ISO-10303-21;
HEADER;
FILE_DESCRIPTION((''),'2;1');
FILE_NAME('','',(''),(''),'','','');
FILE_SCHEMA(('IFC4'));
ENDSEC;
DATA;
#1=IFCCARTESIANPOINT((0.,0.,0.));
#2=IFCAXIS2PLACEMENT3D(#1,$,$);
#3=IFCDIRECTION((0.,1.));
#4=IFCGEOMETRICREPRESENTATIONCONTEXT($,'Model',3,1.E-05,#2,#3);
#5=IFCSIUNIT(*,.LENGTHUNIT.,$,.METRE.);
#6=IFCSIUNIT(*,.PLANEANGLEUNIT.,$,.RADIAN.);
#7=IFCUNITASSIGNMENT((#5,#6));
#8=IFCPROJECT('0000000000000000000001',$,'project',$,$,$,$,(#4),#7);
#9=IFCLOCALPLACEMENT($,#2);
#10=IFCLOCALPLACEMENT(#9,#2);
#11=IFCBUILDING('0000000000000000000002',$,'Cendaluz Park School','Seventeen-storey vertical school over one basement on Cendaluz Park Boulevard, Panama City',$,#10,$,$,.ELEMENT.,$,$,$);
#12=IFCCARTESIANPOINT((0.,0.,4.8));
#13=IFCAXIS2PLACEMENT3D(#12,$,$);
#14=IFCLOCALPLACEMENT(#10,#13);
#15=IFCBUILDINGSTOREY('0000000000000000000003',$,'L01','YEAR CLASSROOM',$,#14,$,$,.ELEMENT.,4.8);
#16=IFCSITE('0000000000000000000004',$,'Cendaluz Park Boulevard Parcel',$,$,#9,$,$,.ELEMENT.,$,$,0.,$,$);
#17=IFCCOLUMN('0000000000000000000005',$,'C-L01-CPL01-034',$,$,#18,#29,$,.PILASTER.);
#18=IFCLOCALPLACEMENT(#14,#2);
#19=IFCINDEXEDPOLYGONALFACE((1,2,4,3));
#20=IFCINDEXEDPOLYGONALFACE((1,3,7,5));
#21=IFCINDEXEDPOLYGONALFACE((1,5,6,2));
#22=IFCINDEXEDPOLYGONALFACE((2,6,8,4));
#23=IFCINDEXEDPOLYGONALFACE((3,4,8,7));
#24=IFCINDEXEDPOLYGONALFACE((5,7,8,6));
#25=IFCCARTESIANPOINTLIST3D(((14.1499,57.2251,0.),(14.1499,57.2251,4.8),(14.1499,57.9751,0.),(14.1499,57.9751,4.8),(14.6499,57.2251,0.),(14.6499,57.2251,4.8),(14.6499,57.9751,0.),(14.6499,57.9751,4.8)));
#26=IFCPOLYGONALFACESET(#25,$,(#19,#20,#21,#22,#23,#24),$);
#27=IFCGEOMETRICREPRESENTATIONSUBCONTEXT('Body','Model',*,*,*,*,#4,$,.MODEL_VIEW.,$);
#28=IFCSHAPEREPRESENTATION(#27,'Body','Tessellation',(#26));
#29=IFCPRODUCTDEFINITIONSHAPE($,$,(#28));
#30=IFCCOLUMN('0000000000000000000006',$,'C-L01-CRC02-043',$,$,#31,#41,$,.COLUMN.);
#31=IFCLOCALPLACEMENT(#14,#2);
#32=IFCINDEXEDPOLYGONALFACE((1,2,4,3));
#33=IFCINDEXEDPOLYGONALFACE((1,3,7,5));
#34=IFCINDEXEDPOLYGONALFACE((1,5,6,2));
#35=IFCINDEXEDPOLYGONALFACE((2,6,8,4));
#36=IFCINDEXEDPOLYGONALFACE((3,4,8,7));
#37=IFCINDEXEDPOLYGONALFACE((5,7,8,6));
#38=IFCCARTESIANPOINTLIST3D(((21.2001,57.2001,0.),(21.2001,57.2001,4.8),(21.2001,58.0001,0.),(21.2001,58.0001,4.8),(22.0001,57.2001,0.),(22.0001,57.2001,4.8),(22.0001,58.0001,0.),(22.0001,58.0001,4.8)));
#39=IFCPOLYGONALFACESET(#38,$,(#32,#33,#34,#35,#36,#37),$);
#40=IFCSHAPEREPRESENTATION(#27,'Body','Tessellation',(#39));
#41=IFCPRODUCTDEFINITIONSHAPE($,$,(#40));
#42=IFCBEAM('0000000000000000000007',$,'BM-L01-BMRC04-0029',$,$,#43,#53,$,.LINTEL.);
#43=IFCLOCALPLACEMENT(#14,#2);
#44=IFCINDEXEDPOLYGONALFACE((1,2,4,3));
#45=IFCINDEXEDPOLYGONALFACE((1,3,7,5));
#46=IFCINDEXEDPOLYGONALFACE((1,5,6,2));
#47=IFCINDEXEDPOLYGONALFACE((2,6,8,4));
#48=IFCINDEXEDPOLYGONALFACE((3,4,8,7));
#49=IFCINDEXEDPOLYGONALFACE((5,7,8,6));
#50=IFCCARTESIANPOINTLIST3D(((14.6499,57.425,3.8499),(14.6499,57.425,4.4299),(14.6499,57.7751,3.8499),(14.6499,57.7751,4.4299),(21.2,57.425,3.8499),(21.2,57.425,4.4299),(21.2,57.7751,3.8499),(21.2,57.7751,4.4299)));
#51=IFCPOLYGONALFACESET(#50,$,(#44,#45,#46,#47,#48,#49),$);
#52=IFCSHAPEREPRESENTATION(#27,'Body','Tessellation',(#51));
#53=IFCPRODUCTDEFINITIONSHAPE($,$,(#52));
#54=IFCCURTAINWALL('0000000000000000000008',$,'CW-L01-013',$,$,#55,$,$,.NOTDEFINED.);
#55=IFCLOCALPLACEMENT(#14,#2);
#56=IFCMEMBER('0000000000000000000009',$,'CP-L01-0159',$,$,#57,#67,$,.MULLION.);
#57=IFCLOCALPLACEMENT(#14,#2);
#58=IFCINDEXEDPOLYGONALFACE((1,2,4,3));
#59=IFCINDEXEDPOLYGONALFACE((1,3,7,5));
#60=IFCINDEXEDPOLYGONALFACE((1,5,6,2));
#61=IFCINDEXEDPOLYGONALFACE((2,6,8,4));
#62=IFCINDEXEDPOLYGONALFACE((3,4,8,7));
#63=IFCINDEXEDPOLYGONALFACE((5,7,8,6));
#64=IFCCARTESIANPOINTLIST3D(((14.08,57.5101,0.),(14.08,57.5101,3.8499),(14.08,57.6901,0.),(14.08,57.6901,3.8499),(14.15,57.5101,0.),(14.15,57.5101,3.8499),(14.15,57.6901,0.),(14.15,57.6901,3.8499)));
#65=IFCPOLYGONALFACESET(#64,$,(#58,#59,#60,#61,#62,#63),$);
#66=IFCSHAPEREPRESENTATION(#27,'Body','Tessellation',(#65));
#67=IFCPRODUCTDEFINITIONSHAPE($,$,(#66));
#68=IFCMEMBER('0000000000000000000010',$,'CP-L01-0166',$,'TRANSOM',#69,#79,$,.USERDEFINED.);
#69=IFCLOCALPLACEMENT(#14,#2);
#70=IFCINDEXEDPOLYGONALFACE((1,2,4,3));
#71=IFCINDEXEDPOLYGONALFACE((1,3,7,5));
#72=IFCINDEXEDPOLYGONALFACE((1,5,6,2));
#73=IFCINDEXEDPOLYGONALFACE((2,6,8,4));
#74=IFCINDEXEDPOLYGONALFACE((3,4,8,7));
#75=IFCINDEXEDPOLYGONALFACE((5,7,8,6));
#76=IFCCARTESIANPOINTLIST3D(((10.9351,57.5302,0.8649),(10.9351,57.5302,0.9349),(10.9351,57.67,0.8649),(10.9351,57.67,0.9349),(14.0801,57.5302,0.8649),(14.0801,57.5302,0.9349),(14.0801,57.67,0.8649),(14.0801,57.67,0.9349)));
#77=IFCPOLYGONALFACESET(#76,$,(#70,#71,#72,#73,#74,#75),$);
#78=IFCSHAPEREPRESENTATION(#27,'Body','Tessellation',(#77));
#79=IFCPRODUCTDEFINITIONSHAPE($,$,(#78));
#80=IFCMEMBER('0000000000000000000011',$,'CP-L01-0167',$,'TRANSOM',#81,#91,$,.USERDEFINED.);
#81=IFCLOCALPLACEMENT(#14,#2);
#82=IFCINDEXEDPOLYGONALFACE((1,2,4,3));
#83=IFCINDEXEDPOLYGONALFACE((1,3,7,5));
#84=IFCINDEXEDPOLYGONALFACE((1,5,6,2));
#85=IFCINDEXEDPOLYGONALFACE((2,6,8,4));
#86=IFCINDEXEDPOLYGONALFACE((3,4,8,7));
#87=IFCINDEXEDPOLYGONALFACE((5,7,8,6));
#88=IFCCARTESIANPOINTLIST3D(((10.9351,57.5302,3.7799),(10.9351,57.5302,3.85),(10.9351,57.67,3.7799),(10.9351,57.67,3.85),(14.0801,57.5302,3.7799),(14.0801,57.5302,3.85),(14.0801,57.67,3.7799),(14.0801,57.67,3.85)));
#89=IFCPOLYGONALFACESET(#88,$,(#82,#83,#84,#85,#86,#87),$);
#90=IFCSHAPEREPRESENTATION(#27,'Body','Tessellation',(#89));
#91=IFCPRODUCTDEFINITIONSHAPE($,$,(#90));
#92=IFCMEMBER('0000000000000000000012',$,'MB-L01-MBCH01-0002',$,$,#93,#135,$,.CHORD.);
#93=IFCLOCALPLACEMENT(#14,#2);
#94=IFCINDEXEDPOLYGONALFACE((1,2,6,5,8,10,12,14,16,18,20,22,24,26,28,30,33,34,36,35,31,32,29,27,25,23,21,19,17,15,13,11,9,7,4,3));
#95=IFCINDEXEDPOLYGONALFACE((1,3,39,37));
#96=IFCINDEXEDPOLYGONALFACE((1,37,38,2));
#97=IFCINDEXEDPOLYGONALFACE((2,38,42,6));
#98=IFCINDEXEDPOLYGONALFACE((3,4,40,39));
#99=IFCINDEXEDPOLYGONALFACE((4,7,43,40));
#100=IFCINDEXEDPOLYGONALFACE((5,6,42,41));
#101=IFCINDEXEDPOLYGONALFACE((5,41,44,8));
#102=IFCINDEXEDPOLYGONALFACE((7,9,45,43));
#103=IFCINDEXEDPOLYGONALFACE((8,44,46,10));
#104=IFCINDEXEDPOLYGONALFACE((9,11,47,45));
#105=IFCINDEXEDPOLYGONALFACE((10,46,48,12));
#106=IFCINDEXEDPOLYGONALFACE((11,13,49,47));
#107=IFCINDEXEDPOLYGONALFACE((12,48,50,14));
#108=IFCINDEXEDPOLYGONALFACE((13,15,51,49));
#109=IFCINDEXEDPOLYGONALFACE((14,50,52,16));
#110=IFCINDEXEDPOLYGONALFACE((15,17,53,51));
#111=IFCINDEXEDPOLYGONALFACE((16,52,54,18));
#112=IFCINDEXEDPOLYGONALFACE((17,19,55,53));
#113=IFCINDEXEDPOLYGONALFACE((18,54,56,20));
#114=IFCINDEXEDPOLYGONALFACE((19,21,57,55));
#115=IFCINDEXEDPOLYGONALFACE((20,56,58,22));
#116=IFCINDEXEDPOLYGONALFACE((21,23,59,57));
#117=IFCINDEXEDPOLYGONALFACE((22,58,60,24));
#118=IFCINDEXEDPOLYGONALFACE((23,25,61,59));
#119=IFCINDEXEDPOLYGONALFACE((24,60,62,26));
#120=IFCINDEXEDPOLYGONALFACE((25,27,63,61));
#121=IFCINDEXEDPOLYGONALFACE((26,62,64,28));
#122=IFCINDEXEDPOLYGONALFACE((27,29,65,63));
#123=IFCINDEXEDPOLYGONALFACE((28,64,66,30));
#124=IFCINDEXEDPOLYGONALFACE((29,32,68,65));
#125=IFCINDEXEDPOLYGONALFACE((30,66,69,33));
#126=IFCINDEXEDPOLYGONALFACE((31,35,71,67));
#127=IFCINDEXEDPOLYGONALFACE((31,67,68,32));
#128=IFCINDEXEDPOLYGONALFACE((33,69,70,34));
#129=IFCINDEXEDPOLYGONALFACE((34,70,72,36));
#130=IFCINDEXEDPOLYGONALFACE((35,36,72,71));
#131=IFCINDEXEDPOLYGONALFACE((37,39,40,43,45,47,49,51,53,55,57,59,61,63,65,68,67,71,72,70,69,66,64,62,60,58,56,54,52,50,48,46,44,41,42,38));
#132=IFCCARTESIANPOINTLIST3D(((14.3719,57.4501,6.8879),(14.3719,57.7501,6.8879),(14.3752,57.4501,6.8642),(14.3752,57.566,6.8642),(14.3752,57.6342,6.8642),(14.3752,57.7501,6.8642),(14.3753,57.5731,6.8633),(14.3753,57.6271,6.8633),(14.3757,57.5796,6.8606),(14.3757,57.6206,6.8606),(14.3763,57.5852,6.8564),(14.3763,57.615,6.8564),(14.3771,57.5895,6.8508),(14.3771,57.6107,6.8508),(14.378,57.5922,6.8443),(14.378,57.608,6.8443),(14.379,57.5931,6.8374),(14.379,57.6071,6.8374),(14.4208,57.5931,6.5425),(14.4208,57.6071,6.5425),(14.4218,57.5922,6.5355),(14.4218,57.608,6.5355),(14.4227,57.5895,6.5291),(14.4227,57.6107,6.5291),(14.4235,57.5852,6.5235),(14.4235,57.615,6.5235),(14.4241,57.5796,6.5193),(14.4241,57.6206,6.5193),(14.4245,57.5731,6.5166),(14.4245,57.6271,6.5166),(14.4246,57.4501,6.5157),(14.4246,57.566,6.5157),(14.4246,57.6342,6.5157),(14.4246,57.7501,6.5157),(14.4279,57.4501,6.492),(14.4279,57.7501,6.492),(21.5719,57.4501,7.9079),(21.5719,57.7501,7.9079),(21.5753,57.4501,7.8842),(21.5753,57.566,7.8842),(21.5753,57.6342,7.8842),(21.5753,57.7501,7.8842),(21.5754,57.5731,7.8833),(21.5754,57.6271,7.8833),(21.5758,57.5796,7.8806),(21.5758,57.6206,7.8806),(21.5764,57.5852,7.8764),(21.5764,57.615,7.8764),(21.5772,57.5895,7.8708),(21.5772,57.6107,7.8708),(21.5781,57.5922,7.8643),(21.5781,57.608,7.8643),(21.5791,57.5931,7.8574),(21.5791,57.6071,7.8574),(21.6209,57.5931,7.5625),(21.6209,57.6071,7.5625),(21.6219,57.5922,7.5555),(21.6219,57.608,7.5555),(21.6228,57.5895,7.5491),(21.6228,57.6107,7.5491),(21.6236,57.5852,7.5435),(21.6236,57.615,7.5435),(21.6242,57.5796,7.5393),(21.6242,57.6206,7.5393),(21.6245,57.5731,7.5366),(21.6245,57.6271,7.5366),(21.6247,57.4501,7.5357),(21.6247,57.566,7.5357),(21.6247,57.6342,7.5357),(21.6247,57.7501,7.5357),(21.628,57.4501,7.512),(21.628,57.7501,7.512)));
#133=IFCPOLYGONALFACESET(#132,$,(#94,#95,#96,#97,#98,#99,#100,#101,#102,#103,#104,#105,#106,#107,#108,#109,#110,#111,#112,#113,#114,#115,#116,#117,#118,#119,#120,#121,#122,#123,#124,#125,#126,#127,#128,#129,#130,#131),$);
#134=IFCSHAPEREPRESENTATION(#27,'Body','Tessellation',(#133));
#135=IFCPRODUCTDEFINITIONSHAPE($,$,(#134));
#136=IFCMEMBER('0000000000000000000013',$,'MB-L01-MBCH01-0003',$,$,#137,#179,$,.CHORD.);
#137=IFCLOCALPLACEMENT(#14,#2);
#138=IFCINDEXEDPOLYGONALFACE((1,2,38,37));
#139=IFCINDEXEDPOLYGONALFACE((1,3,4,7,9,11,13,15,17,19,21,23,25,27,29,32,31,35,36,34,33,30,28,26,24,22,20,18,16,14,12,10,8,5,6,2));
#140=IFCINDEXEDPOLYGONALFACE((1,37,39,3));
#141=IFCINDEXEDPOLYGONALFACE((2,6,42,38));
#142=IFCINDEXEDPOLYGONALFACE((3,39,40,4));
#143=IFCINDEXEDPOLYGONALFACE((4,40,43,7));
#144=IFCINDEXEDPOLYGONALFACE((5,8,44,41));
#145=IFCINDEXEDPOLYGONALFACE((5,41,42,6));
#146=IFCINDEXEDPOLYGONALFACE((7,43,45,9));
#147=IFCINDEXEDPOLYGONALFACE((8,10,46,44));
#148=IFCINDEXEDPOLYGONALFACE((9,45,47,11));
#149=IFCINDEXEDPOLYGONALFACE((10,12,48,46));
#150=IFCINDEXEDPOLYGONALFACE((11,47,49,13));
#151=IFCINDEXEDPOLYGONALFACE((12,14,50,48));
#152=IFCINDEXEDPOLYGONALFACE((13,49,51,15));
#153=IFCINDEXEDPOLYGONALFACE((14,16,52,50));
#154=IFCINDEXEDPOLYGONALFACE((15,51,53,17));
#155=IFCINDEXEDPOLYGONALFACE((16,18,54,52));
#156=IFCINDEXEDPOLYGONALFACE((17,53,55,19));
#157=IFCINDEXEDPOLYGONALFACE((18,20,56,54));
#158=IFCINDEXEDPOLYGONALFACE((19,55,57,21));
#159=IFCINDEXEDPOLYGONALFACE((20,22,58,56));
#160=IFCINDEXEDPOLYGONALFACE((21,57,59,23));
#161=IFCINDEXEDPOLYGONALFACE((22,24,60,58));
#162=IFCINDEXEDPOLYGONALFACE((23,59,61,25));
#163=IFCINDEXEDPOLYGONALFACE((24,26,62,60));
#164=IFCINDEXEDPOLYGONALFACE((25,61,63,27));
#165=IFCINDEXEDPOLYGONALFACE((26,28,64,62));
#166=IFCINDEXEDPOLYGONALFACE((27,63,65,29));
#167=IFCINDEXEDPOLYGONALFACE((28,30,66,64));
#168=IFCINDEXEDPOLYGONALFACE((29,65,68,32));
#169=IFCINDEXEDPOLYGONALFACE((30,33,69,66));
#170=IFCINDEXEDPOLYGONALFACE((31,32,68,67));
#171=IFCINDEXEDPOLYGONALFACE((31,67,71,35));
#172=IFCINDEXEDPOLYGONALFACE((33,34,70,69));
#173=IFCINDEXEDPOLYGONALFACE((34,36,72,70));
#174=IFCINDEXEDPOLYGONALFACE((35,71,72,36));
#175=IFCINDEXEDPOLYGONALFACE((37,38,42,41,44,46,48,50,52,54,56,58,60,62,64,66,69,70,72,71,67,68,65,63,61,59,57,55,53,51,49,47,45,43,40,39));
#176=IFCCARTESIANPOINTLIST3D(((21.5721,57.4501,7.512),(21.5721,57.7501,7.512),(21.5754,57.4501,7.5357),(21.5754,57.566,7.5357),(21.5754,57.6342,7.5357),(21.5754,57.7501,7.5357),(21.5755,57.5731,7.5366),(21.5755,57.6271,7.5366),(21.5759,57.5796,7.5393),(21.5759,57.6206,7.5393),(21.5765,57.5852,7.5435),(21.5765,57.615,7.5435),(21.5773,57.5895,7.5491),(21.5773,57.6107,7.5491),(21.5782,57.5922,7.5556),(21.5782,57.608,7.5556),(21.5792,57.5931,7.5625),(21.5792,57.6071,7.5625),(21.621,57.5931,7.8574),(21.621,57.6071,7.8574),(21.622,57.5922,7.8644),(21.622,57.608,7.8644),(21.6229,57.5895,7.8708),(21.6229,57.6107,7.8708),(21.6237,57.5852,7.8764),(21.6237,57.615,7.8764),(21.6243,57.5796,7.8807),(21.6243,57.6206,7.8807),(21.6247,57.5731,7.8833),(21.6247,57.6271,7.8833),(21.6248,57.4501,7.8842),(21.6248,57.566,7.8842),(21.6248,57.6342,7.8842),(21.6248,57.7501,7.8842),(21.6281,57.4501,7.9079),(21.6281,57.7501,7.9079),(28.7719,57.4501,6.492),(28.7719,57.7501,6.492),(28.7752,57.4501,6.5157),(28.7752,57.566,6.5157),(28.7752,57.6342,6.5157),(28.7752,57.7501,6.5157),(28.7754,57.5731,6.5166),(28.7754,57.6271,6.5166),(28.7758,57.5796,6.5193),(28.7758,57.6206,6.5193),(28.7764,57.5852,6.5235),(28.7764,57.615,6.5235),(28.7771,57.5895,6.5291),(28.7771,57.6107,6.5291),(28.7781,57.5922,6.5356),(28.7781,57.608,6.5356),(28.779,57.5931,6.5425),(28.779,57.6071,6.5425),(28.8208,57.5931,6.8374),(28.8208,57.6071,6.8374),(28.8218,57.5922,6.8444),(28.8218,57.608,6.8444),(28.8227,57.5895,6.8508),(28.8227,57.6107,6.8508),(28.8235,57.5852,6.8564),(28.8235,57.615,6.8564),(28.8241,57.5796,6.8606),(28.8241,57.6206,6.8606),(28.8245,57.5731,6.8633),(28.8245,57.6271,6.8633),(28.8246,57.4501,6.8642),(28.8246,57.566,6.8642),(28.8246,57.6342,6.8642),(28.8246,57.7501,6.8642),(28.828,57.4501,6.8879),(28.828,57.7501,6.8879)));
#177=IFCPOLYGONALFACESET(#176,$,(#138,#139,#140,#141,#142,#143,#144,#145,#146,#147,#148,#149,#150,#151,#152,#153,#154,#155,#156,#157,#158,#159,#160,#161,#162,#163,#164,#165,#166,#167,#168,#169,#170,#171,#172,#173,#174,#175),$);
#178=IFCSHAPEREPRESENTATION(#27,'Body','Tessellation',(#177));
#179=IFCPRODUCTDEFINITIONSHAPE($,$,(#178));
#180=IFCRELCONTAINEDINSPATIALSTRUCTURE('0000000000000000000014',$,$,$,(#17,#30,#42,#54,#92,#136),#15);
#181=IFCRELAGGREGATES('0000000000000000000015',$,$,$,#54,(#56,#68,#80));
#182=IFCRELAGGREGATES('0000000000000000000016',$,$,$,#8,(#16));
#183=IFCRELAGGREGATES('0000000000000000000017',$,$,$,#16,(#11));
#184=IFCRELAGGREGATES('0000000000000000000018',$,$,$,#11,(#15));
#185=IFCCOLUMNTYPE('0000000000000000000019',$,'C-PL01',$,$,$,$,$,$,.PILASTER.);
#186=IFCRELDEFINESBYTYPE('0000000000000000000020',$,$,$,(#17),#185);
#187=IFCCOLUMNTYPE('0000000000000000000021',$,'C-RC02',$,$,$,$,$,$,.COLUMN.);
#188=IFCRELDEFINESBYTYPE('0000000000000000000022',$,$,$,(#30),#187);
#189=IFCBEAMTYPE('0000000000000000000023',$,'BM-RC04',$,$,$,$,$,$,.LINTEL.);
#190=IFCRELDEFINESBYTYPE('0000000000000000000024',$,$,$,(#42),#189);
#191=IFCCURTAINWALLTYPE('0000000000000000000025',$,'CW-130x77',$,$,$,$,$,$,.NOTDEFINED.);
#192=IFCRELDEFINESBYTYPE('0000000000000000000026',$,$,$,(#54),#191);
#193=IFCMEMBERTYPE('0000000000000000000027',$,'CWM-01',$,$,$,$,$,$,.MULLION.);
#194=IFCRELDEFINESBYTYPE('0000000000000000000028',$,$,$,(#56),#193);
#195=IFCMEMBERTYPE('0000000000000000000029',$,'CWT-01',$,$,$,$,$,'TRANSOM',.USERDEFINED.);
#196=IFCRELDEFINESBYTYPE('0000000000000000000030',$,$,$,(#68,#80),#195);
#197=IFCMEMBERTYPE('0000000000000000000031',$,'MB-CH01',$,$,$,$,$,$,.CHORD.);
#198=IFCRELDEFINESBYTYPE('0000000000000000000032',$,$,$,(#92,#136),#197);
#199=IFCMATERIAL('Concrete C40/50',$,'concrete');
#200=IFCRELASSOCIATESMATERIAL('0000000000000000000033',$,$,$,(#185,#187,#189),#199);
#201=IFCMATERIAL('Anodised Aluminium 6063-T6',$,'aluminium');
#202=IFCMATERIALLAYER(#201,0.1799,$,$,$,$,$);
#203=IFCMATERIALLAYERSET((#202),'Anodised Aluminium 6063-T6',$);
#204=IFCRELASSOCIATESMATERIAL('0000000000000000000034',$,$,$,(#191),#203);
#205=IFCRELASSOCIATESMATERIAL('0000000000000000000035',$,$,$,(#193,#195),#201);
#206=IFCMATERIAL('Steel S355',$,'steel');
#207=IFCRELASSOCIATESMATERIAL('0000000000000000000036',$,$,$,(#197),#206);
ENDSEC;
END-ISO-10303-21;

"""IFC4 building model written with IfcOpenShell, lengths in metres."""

from ifc_helpers import new_model, si_unit, direction, frame, origin, origin_2d, place, context, subcontext, project, spatial, rectangle, i_section, extrude, material, layer, layer_set, material_profile, profile_set, type_object, element, aggregate, save


model = new_model("IFC4")

# Units and contexts
model_context = context("Model", 3, precision=1e-05, world=origin(), true_north=direction((0.0, 1.0)))
body_context = subcontext(model_context, "Body", "Model", "MODEL_VIEW")
ifc_project = project(units=[si_unit("LENGTHUNIT", "METRE"), si_unit("PLANEANGLEUNIT", "RADIAN")], contexts=[model_context])

# Site, building, storey
site_placement = place(None, origin())
site = spatial("IfcSite", under=ifc_project, at=site_placement, Name="Cendaluz Park Boulevard Parcel", CompositionType="ELEMENT", RefElevation=0.0)
building_placement = place(site_placement, origin())
building = spatial("IfcBuilding", under=site, at=building_placement, Name="Cendaluz Park School", Description="Seventeen-storey vertical school over one basement on Cendaluz Park Boulevard, Panama City", CompositionType="ELEMENT")
storey_placement = place(building_placement, frame((0.0, 0.0, 4.8)))
storey = spatial("IfcBuildingStorey", under=building, at=storey_placement, Name="L01", Description="YEAR CLASSROOM", CompositionType="ELEMENT", Elevation=4.8)

# Columns
ifc_material_1 = material(Name="Concrete C40/50", Category="concrete")
ifc_material_profile_1 = material_profile(ifc_material_1, rectangle(XDim=0.5, YDim=0.75, at=origin_2d()), Name="RC 500x750", Category="concrete")
ifc_profile_set_1 = profile_set([ifc_material_profile_1], Name="Concrete C40/50")
column_type_1 = type_object("IfcColumnType", Name="C-PL01", PredefinedType="PILASTER", material=ifc_profile_set_1)
column_1_placement = place(storey_placement, frame((14.3999, 57.6001, 0.0), z_axis=(0.0, 0.0, 1.0), x_axis=(1.0, 0.0, 0.0)))
element("IfcColumn", 1, at=column_1_placement, inside=storey, type_object=column_type_1, Name="C-L01-CPL01-034", PredefinedType="PILASTER", context=body_context, shape_type="SweptSolid", body=[
    extrude(rectangle(XDim=0.5, YDim=0.75, at=origin_2d()), origin(), (0.0, 0.0, 1.0), 4.8),
])
ifc_material_profile_2 = material_profile(ifc_material_1, rectangle(XDim=0.8, YDim=0.8, at=origin_2d()), Name="RC 800x800", Category="concrete")
ifc_profile_set_2 = profile_set([ifc_material_profile_2], Name="Concrete C40/50")
column_type_2 = type_object("IfcColumnType", Name="C-RC02", PredefinedType="COLUMN", material=ifc_profile_set_2)
column_2_placement = place(storey_placement, frame((21.6001, 57.6001, 0.0), z_axis=(0.0, 0.0, 1.0), x_axis=(1.0, 0.0, 0.0)))
element("IfcColumn", 2, at=column_2_placement, inside=storey, type_object=column_type_2, Name="C-L01-CRC02-043", PredefinedType="COLUMN", context=body_context, shape_type="SweptSolid", body=[
    extrude(rectangle(XDim=0.8, YDim=0.8, at=origin_2d()), origin(), (0.0, 0.0, 1.0), 4.8),
])

# Beam
ifc_material_profile_3 = material_profile(ifc_material_1, rectangle(XDim=0.3501, YDim=0.5801, at=origin_2d()), Name="RC 350x580", Category="concrete")
ifc_profile_set_3 = profile_set([ifc_material_profile_3], Name="Concrete C40/50")
beam_type = type_object("IfcBeamType", Name="BM-RC04", PredefinedType="LINTEL", material=ifc_profile_set_3)
beam_placement = place(storey_placement, frame((14.6499, 57.6001, 4.1399), z_axis=(1.0, 0.0, 0.0), x_axis=(0.0, 1.0, 0.0)))
element("IfcBeam", 3, at=beam_placement, inside=storey, type_object=beam_type, Name="BM-L01-BMRC04-0029", PredefinedType="LINTEL", context=body_context, shape_type="SweptSolid", body=[
    extrude(rectangle(XDim=0.3501, YDim=0.5801, at=origin_2d()), origin(), (0.0, 0.0, 1.0), 6.55),
])

# Curtain wall, members
ifc_material_2 = material(Name="Anodised Aluminium 6063-T6", Category="aluminium")
ifc_layer_1 = layer(ifc_material_2, 0.1799)
ifc_layer_set_1 = layer_set([ifc_layer_1], Name="Anodised Aluminium 6063-T6")
curtain_wall_type = type_object("IfcCurtainWallType", Name="CW-130x77", PredefinedType="NOTDEFINED", material=ifc_layer_set_1)
curtain_wall_placement = place(storey_placement, origin())
curtain_wall = element("IfcCurtainWall", 4, at=curtain_wall_placement, inside=storey, type_object=curtain_wall_type, Name="CW-L01-013", PredefinedType="NOTDEFINED")
ifc_material_profile_4 = material_profile(ifc_material_2, rectangle(XDim=0.1799, YDim=0.0701, at=origin_2d()), Name="CWM 180x70", Category="aluminium")
ifc_profile_set_4 = profile_set([ifc_material_profile_4], Name="Anodised Aluminium 6063-T6")
member_type_1 = type_object("IfcMemberType", Name="CWM-01", PredefinedType="MULLION", material=ifc_profile_set_4)
member_1_placement = place(storey_placement, frame((14.115, 57.6001, 0.0), z_axis=(0.0, 0.0, 1.0), x_axis=(0.0, 1.0, 0.0)))
member_1 = element("IfcMember", 5, at=member_1_placement, type_object=member_type_1, Name="CP-L01-0159", PredefinedType="MULLION", context=body_context, shape_type="SweptSolid", body=[
    extrude(rectangle(XDim=0.1799, YDim=0.0701, at=origin_2d()), origin(), (0.0, 0.0, 1.0), 3.8499),
])
ifc_material_profile_5 = material_profile(ifc_material_2, rectangle(XDim=0.1399, YDim=0.0701, at=origin_2d()), Name="CWT 140x70", Category="aluminium")
ifc_profile_set_5 = profile_set([ifc_material_profile_5], Name="Anodised Aluminium 6063-T6")
member_type_2 = type_object("IfcMemberType", Name="CWT-01", ElementType="TRANSOM", PredefinedType="USERDEFINED", material=ifc_profile_set_5)
member_2_placement = place(storey_placement, frame((10.9351, 57.6001, 0.8999), z_axis=(1.0, 0.0, 0.0), x_axis=(0.0, 1.0, 0.0)))
member_2 = element("IfcMember", 6, at=member_2_placement, type_object=member_type_2, Name="CP-L01-0166", ObjectType="TRANSOM", PredefinedType="USERDEFINED", context=body_context, shape_type="SweptSolid", body=[
    extrude(rectangle(XDim=0.1399, YDim=0.0701, at=origin_2d()), origin(), (0.0, 0.0, 1.0), 3.145),
])
member_3_placement = place(storey_placement, frame((10.9351, 57.6001, 3.8149), z_axis=(1.0, 0.0, 0.0), x_axis=(0.0, 1.0, 0.0)))
member_3 = element("IfcMember", 7, at=member_3_placement, type_object=member_type_2, Name="CP-L01-0167", ObjectType="TRANSOM", PredefinedType="USERDEFINED", context=body_context, shape_type="SweptSolid", body=[
    extrude(rectangle(XDim=0.1399, YDim=0.0701, at=origin_2d()), origin(), (0.0, 0.0, 1.0), 3.145),
])

# Members
ifc_material_3 = material(Name="Steel S355", Category="steel")
ifc_material_profile_6 = material_profile(ifc_material_3, i_section(OverallWidth=0.3, OverallDepth=0.3999, WebThickness=0.0139, FlangeThickness=0.0239, FilletRadius=0.0271, at=origin_2d()), Name="HEB 400", Category="steel")
ifc_profile_set_6 = profile_set([ifc_material_profile_6], Name="Steel S355")
member_type_3 = type_object("IfcMemberType", Name="MB-CH01", PredefinedType="CHORD", material=ifc_profile_set_6)
member_4_placement = place(storey_placement, frame((14.3999, 57.6001, 6.6899), z_axis=(0.990114, 0.0, 0.140265), x_axis=(0.0, 1.0, 0.0)))
element("IfcMember", 8, at=member_4_placement, inside=storey, type_object=member_type_3, Name="MB-L01-MBCH01-0002", PredefinedType="CHORD", context=body_context, shape_type="SweptSolid", body=[
    extrude(i_section(OverallWidth=0.3, OverallDepth=0.3999, WebThickness=0.0139, FlangeThickness=0.0239, FilletRadius=0.0271, at=origin_2d()), origin(), (0.0, 0.0, 1.0), 7.272),
])
member_5_placement = place(storey_placement, frame((21.6001, 57.6001, 7.71), z_axis=(0.990113, 0.0, -0.14027), x_axis=(0.0, 1.0, 0.0)))
element("IfcMember", 9, at=member_5_placement, inside=storey, type_object=member_type_3, Name="MB-L01-MBCH01-0003", PredefinedType="CHORD", context=body_context, shape_type="SweptSolid", body=[
    extrude(i_section(OverallWidth=0.3, OverallDepth=0.3999, WebThickness=0.0139, FlangeThickness=0.0239, FilletRadius=0.0271, at=origin_2d()), origin(), (0.0, 0.0, 1.0), 7.2717),
])

aggregate(curtain_wall, [member_1, member_2, member_3])

save(model, "model.ifc")
